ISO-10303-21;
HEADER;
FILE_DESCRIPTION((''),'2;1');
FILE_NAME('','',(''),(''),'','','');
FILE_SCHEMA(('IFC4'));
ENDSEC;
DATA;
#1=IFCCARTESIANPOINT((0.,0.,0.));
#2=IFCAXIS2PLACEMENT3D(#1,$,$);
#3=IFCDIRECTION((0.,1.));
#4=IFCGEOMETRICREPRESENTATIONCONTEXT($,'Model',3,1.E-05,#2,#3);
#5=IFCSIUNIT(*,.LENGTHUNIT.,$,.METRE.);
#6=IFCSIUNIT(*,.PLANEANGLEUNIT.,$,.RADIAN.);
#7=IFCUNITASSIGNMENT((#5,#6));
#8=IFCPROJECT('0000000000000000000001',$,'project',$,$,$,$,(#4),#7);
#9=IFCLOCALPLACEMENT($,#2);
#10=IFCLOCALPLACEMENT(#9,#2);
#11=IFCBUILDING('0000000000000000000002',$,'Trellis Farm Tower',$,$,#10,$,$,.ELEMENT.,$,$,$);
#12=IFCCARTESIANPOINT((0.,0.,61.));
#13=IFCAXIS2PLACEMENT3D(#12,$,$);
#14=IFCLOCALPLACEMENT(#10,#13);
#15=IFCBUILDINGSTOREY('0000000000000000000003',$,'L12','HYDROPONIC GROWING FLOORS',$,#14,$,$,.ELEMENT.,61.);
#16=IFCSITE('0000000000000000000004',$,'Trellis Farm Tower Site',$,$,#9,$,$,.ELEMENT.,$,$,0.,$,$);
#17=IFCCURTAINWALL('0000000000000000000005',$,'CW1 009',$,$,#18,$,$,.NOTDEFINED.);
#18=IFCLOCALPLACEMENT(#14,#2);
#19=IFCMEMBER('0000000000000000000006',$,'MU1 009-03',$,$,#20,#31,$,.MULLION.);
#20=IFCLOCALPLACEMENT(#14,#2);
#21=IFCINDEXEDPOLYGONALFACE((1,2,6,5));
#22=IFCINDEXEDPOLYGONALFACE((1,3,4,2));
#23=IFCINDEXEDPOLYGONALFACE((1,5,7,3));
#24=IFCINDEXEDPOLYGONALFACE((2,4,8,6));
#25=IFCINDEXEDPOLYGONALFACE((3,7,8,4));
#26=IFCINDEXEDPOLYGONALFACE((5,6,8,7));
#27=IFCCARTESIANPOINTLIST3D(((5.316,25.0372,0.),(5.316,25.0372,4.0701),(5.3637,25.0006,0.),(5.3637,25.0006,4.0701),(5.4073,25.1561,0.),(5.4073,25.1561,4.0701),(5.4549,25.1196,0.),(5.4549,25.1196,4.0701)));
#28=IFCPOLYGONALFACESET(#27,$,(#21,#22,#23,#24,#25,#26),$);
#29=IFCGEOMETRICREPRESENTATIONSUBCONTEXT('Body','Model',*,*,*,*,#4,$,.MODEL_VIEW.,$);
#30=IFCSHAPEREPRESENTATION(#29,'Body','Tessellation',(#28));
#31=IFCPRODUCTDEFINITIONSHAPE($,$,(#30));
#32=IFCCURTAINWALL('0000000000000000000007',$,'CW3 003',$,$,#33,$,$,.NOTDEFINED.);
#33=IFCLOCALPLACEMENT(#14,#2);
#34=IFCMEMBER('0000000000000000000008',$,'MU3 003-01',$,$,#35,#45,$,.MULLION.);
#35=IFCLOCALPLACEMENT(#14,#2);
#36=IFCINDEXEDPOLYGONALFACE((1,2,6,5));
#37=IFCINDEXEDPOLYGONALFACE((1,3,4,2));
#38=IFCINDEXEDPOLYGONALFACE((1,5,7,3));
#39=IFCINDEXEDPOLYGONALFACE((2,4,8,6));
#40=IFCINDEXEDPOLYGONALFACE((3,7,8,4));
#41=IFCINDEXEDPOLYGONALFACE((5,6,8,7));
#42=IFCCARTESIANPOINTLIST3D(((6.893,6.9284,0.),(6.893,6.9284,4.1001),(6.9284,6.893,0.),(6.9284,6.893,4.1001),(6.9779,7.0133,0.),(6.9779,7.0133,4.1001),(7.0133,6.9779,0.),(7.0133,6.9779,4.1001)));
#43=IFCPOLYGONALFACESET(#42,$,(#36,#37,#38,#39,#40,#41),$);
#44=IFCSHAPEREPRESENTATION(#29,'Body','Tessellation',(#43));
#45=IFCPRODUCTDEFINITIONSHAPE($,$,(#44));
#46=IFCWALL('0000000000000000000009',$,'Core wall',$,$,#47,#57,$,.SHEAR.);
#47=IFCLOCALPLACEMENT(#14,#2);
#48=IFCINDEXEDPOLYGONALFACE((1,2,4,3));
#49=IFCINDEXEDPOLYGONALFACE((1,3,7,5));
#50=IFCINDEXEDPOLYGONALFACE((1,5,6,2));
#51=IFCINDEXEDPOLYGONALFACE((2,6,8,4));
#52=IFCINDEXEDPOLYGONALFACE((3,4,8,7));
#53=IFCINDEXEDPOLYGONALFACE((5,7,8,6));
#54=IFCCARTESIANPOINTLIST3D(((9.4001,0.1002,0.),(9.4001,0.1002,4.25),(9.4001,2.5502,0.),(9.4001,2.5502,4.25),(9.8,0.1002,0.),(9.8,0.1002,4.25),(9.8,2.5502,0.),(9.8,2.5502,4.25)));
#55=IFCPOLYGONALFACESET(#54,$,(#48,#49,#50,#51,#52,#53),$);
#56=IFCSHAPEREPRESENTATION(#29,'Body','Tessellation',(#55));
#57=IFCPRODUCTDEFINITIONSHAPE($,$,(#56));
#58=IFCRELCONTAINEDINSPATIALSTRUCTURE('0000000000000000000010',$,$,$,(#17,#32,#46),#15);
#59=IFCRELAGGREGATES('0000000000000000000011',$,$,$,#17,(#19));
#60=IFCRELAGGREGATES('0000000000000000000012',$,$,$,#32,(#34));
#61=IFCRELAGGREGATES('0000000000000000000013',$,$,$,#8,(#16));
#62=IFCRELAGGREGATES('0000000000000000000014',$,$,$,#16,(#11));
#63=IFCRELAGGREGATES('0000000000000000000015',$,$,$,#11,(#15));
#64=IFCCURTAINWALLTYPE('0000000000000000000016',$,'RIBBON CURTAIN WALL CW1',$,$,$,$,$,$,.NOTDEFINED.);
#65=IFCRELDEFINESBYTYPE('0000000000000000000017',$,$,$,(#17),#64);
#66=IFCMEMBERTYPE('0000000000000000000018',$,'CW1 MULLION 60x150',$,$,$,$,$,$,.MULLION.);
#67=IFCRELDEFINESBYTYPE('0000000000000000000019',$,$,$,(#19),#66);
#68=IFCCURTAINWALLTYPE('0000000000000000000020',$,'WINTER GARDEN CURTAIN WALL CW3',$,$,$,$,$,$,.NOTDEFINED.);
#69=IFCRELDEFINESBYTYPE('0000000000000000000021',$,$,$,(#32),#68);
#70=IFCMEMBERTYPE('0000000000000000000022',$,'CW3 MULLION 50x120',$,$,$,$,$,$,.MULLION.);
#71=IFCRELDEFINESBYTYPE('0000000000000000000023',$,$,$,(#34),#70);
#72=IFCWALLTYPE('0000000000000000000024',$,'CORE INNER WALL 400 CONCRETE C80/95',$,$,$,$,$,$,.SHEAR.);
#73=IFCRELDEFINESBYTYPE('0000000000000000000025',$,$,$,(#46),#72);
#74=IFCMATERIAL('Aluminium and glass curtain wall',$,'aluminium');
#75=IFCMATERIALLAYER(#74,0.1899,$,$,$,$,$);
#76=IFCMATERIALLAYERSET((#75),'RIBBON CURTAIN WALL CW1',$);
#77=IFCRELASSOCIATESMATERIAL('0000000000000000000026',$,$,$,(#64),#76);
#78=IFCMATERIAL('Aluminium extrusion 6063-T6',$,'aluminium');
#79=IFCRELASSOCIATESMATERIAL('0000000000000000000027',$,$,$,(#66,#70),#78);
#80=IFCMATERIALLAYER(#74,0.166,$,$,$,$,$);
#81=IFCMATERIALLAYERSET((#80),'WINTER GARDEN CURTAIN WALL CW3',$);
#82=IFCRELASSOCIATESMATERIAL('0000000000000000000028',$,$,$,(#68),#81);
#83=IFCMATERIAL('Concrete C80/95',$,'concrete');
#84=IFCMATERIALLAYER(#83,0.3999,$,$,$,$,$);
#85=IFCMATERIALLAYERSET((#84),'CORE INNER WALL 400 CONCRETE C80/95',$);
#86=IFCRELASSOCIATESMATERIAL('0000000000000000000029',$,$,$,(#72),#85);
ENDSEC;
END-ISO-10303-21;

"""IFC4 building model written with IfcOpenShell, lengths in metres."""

from ifc_helpers import new_model, si_unit, direction, frame, frame_2d, origin, origin_2d, place, context, subcontext, project, spatial, rectangle, extrude, source, transform, mapped, material, layer, layer_set, material_profile, profile_set, type_object, element, aggregate, save


model = new_model("IFC4")

# Units and contexts
model_context = context("Model", 3, precision=1e-05, world=origin(), true_north=direction((0.0, 1.0)))
body_context = subcontext(model_context, "Body", "Model", "MODEL_VIEW")
ifc_project = project(units=[si_unit("LENGTHUNIT", "METRE"), si_unit("PLANEANGLEUNIT", "RADIAN")], contexts=[model_context])

# Site, building, storey
site_placement = place(None, origin())
site = spatial("IfcSite", under=ifc_project, at=site_placement, Name="Trellis Farm Tower Site", CompositionType="ELEMENT", RefElevation=0.0)
building_placement = place(site_placement, origin())
building = spatial("IfcBuilding", under=site, at=building_placement, Name="Trellis Farm Tower", CompositionType="ELEMENT")
storey_placement = place(building_placement, frame((0.0, 0.0, 61.0)))
storey = spatial("IfcBuildingStorey", under=building, at=storey_placement, Name="L12", Description="HYDROPONIC GROWING FLOORS", CompositionType="ELEMENT", Elevation=61.0)

# Shared definitions
ifc_material_1 = material(Name="Concrete C80/95", Category="concrete")

# Curtain wall, member
ifc_material_2 = material(Name="Aluminium and glass curtain wall", Category="aluminium")
ifc_layer_1 = layer(ifc_material_2, 0.1899)
ifc_layer_set_1 = layer_set([ifc_layer_1], Name="RIBBON CURTAIN WALL CW1")
curtain_wall_type_1 = type_object("IfcCurtainWallType", Name="RIBBON CURTAIN WALL CW1", PredefinedType="NOTDEFINED", material=ifc_layer_set_1)
placement = place(storey_placement, origin())
curtain_wall_1 = element("IfcCurtainWall", 1, at=placement, inside=storey, type_object=curtain_wall_type_1, Name="CW1 009", PredefinedType="NOTDEFINED")
ifc_material_3 = material(Name="Aluminium extrusion 6063-T6", Category="aluminium")
ifc_material_profile_1 = material_profile(ifc_material_3, rectangle(XDim=0.0601, YDim=0.1499, at=origin_2d()), Name="MULLION 60x150")
ifc_profile_set_1 = profile_set([ifc_material_profile_1], Name="Aluminium extrusion 6063-T6")
member_type_1 = type_object("IfcMemberType", Name="CW1 MULLION 60x150", PredefinedType="MULLION", material=ifc_profile_set_1)
shared_shape_1 = source(origin(), body_context, "Body", "SweptSolid", [
    extrude(rectangle(XDim=0.0601, YDim=0.1499, at=origin_2d()), origin(), (0.0, 0.0, 1.0), 4.0701),
])
member_1_placement = place(storey_placement, frame((5.3855, 25.0784, 0.0), z_axis=(0.0, 0.0, 1.0), x_axis=(-0.793353, 0.608761, 0.0)))
member_1 = element("IfcMember", 2, at=member_1_placement, type_object=member_type_1, Name="MU1 009-03", PredefinedType="MULLION", context=body_context, shape_type="MappedRepresentation", body=[
    mapped(shared_shape_1, transform((0.0, 0.0, 0.0))),
])
aggregate(curtain_wall_1, [member_1])

# Curtain wall, member
ifc_layer_2 = layer(ifc_material_2, 0.166)
ifc_layer_set_2 = layer_set([ifc_layer_2], Name="WINTER GARDEN CURTAIN WALL CW3")
curtain_wall_type_2 = type_object("IfcCurtainWallType", Name="WINTER GARDEN CURTAIN WALL CW3", PredefinedType="NOTDEFINED", material=ifc_layer_set_2)
curtain_wall_2 = element("IfcCurtainWall", 3, at=placement, inside=storey, type_object=curtain_wall_type_2, Name="CW3 003", PredefinedType="NOTDEFINED")
ifc_material_profile_2 = material_profile(ifc_material_3, rectangle(XDim=0.05, YDim=0.1201, at=origin_2d()), Name="MULLION 50x120")
ifc_profile_set_2 = profile_set([ifc_material_profile_2], Name="Aluminium extrusion 6063-T6")
member_type_2 = type_object("IfcMemberType", Name="CW3 MULLION 50x120", PredefinedType="MULLION", material=ifc_profile_set_2)
shared_shape_2 = source(origin(), body_context, "Body", "SweptSolid", [
    extrude(rectangle(XDim=0.05, YDim=0.1201, at=origin_2d()), origin(), (0.0, 0.0, 1.0), 4.1001),
])
member_2_placement = place(storey_placement, frame((6.9531, 6.9531, 0.0), z_axis=(0.0, 0.0, 1.0), x_axis=(-0.707107, 0.707107, 0.0)))
member_2 = element("IfcMember", 4, at=member_2_placement, type_object=member_type_2, Name="MU3 003-01", PredefinedType="MULLION", context=body_context, shape_type="MappedRepresentation", body=[
    mapped(shared_shape_2, transform((0.0, 0.0, 0.0))),
])
aggregate(curtain_wall_2, [member_2])

# Wall
ifc_layer_3 = layer(ifc_material_1, 0.3999)
ifc_layer_set_3 = layer_set([ifc_layer_3], Name="CORE INNER WALL 400 CONCRETE C80/95")
wall_type_1 = type_object("IfcWallType", Name="CORE INNER WALL 400 CONCRETE C80/95", PredefinedType="SHEAR", material=ifc_layer_set_3)
shared_shape_3 = source(origin(), body_context, "Body", "SweptSolid", [
    extrude(rectangle(XDim=2.45, YDim=0.3999, at=frame_2d((1.2251, 0.0))), origin(), (0.0, 0.0, 1.0), 4.25),
])
wall_1_placement = place(storey_placement, frame((9.6001, 0.1001, 0.0), z_axis=(0.0, 0.0, 1.0), x_axis=(0.0, 1.0, 0.0)))
element("IfcWall", 5, at=wall_1_placement, inside=storey, type_object=wall_type_1, Name="Core wall", PredefinedType="SHEAR", context=body_context, shape_type="MappedRepresentation", body=[
    mapped(shared_shape_3, transform((0.0, 0.0, 0.0))),
])

save(model, "model.ifc")
